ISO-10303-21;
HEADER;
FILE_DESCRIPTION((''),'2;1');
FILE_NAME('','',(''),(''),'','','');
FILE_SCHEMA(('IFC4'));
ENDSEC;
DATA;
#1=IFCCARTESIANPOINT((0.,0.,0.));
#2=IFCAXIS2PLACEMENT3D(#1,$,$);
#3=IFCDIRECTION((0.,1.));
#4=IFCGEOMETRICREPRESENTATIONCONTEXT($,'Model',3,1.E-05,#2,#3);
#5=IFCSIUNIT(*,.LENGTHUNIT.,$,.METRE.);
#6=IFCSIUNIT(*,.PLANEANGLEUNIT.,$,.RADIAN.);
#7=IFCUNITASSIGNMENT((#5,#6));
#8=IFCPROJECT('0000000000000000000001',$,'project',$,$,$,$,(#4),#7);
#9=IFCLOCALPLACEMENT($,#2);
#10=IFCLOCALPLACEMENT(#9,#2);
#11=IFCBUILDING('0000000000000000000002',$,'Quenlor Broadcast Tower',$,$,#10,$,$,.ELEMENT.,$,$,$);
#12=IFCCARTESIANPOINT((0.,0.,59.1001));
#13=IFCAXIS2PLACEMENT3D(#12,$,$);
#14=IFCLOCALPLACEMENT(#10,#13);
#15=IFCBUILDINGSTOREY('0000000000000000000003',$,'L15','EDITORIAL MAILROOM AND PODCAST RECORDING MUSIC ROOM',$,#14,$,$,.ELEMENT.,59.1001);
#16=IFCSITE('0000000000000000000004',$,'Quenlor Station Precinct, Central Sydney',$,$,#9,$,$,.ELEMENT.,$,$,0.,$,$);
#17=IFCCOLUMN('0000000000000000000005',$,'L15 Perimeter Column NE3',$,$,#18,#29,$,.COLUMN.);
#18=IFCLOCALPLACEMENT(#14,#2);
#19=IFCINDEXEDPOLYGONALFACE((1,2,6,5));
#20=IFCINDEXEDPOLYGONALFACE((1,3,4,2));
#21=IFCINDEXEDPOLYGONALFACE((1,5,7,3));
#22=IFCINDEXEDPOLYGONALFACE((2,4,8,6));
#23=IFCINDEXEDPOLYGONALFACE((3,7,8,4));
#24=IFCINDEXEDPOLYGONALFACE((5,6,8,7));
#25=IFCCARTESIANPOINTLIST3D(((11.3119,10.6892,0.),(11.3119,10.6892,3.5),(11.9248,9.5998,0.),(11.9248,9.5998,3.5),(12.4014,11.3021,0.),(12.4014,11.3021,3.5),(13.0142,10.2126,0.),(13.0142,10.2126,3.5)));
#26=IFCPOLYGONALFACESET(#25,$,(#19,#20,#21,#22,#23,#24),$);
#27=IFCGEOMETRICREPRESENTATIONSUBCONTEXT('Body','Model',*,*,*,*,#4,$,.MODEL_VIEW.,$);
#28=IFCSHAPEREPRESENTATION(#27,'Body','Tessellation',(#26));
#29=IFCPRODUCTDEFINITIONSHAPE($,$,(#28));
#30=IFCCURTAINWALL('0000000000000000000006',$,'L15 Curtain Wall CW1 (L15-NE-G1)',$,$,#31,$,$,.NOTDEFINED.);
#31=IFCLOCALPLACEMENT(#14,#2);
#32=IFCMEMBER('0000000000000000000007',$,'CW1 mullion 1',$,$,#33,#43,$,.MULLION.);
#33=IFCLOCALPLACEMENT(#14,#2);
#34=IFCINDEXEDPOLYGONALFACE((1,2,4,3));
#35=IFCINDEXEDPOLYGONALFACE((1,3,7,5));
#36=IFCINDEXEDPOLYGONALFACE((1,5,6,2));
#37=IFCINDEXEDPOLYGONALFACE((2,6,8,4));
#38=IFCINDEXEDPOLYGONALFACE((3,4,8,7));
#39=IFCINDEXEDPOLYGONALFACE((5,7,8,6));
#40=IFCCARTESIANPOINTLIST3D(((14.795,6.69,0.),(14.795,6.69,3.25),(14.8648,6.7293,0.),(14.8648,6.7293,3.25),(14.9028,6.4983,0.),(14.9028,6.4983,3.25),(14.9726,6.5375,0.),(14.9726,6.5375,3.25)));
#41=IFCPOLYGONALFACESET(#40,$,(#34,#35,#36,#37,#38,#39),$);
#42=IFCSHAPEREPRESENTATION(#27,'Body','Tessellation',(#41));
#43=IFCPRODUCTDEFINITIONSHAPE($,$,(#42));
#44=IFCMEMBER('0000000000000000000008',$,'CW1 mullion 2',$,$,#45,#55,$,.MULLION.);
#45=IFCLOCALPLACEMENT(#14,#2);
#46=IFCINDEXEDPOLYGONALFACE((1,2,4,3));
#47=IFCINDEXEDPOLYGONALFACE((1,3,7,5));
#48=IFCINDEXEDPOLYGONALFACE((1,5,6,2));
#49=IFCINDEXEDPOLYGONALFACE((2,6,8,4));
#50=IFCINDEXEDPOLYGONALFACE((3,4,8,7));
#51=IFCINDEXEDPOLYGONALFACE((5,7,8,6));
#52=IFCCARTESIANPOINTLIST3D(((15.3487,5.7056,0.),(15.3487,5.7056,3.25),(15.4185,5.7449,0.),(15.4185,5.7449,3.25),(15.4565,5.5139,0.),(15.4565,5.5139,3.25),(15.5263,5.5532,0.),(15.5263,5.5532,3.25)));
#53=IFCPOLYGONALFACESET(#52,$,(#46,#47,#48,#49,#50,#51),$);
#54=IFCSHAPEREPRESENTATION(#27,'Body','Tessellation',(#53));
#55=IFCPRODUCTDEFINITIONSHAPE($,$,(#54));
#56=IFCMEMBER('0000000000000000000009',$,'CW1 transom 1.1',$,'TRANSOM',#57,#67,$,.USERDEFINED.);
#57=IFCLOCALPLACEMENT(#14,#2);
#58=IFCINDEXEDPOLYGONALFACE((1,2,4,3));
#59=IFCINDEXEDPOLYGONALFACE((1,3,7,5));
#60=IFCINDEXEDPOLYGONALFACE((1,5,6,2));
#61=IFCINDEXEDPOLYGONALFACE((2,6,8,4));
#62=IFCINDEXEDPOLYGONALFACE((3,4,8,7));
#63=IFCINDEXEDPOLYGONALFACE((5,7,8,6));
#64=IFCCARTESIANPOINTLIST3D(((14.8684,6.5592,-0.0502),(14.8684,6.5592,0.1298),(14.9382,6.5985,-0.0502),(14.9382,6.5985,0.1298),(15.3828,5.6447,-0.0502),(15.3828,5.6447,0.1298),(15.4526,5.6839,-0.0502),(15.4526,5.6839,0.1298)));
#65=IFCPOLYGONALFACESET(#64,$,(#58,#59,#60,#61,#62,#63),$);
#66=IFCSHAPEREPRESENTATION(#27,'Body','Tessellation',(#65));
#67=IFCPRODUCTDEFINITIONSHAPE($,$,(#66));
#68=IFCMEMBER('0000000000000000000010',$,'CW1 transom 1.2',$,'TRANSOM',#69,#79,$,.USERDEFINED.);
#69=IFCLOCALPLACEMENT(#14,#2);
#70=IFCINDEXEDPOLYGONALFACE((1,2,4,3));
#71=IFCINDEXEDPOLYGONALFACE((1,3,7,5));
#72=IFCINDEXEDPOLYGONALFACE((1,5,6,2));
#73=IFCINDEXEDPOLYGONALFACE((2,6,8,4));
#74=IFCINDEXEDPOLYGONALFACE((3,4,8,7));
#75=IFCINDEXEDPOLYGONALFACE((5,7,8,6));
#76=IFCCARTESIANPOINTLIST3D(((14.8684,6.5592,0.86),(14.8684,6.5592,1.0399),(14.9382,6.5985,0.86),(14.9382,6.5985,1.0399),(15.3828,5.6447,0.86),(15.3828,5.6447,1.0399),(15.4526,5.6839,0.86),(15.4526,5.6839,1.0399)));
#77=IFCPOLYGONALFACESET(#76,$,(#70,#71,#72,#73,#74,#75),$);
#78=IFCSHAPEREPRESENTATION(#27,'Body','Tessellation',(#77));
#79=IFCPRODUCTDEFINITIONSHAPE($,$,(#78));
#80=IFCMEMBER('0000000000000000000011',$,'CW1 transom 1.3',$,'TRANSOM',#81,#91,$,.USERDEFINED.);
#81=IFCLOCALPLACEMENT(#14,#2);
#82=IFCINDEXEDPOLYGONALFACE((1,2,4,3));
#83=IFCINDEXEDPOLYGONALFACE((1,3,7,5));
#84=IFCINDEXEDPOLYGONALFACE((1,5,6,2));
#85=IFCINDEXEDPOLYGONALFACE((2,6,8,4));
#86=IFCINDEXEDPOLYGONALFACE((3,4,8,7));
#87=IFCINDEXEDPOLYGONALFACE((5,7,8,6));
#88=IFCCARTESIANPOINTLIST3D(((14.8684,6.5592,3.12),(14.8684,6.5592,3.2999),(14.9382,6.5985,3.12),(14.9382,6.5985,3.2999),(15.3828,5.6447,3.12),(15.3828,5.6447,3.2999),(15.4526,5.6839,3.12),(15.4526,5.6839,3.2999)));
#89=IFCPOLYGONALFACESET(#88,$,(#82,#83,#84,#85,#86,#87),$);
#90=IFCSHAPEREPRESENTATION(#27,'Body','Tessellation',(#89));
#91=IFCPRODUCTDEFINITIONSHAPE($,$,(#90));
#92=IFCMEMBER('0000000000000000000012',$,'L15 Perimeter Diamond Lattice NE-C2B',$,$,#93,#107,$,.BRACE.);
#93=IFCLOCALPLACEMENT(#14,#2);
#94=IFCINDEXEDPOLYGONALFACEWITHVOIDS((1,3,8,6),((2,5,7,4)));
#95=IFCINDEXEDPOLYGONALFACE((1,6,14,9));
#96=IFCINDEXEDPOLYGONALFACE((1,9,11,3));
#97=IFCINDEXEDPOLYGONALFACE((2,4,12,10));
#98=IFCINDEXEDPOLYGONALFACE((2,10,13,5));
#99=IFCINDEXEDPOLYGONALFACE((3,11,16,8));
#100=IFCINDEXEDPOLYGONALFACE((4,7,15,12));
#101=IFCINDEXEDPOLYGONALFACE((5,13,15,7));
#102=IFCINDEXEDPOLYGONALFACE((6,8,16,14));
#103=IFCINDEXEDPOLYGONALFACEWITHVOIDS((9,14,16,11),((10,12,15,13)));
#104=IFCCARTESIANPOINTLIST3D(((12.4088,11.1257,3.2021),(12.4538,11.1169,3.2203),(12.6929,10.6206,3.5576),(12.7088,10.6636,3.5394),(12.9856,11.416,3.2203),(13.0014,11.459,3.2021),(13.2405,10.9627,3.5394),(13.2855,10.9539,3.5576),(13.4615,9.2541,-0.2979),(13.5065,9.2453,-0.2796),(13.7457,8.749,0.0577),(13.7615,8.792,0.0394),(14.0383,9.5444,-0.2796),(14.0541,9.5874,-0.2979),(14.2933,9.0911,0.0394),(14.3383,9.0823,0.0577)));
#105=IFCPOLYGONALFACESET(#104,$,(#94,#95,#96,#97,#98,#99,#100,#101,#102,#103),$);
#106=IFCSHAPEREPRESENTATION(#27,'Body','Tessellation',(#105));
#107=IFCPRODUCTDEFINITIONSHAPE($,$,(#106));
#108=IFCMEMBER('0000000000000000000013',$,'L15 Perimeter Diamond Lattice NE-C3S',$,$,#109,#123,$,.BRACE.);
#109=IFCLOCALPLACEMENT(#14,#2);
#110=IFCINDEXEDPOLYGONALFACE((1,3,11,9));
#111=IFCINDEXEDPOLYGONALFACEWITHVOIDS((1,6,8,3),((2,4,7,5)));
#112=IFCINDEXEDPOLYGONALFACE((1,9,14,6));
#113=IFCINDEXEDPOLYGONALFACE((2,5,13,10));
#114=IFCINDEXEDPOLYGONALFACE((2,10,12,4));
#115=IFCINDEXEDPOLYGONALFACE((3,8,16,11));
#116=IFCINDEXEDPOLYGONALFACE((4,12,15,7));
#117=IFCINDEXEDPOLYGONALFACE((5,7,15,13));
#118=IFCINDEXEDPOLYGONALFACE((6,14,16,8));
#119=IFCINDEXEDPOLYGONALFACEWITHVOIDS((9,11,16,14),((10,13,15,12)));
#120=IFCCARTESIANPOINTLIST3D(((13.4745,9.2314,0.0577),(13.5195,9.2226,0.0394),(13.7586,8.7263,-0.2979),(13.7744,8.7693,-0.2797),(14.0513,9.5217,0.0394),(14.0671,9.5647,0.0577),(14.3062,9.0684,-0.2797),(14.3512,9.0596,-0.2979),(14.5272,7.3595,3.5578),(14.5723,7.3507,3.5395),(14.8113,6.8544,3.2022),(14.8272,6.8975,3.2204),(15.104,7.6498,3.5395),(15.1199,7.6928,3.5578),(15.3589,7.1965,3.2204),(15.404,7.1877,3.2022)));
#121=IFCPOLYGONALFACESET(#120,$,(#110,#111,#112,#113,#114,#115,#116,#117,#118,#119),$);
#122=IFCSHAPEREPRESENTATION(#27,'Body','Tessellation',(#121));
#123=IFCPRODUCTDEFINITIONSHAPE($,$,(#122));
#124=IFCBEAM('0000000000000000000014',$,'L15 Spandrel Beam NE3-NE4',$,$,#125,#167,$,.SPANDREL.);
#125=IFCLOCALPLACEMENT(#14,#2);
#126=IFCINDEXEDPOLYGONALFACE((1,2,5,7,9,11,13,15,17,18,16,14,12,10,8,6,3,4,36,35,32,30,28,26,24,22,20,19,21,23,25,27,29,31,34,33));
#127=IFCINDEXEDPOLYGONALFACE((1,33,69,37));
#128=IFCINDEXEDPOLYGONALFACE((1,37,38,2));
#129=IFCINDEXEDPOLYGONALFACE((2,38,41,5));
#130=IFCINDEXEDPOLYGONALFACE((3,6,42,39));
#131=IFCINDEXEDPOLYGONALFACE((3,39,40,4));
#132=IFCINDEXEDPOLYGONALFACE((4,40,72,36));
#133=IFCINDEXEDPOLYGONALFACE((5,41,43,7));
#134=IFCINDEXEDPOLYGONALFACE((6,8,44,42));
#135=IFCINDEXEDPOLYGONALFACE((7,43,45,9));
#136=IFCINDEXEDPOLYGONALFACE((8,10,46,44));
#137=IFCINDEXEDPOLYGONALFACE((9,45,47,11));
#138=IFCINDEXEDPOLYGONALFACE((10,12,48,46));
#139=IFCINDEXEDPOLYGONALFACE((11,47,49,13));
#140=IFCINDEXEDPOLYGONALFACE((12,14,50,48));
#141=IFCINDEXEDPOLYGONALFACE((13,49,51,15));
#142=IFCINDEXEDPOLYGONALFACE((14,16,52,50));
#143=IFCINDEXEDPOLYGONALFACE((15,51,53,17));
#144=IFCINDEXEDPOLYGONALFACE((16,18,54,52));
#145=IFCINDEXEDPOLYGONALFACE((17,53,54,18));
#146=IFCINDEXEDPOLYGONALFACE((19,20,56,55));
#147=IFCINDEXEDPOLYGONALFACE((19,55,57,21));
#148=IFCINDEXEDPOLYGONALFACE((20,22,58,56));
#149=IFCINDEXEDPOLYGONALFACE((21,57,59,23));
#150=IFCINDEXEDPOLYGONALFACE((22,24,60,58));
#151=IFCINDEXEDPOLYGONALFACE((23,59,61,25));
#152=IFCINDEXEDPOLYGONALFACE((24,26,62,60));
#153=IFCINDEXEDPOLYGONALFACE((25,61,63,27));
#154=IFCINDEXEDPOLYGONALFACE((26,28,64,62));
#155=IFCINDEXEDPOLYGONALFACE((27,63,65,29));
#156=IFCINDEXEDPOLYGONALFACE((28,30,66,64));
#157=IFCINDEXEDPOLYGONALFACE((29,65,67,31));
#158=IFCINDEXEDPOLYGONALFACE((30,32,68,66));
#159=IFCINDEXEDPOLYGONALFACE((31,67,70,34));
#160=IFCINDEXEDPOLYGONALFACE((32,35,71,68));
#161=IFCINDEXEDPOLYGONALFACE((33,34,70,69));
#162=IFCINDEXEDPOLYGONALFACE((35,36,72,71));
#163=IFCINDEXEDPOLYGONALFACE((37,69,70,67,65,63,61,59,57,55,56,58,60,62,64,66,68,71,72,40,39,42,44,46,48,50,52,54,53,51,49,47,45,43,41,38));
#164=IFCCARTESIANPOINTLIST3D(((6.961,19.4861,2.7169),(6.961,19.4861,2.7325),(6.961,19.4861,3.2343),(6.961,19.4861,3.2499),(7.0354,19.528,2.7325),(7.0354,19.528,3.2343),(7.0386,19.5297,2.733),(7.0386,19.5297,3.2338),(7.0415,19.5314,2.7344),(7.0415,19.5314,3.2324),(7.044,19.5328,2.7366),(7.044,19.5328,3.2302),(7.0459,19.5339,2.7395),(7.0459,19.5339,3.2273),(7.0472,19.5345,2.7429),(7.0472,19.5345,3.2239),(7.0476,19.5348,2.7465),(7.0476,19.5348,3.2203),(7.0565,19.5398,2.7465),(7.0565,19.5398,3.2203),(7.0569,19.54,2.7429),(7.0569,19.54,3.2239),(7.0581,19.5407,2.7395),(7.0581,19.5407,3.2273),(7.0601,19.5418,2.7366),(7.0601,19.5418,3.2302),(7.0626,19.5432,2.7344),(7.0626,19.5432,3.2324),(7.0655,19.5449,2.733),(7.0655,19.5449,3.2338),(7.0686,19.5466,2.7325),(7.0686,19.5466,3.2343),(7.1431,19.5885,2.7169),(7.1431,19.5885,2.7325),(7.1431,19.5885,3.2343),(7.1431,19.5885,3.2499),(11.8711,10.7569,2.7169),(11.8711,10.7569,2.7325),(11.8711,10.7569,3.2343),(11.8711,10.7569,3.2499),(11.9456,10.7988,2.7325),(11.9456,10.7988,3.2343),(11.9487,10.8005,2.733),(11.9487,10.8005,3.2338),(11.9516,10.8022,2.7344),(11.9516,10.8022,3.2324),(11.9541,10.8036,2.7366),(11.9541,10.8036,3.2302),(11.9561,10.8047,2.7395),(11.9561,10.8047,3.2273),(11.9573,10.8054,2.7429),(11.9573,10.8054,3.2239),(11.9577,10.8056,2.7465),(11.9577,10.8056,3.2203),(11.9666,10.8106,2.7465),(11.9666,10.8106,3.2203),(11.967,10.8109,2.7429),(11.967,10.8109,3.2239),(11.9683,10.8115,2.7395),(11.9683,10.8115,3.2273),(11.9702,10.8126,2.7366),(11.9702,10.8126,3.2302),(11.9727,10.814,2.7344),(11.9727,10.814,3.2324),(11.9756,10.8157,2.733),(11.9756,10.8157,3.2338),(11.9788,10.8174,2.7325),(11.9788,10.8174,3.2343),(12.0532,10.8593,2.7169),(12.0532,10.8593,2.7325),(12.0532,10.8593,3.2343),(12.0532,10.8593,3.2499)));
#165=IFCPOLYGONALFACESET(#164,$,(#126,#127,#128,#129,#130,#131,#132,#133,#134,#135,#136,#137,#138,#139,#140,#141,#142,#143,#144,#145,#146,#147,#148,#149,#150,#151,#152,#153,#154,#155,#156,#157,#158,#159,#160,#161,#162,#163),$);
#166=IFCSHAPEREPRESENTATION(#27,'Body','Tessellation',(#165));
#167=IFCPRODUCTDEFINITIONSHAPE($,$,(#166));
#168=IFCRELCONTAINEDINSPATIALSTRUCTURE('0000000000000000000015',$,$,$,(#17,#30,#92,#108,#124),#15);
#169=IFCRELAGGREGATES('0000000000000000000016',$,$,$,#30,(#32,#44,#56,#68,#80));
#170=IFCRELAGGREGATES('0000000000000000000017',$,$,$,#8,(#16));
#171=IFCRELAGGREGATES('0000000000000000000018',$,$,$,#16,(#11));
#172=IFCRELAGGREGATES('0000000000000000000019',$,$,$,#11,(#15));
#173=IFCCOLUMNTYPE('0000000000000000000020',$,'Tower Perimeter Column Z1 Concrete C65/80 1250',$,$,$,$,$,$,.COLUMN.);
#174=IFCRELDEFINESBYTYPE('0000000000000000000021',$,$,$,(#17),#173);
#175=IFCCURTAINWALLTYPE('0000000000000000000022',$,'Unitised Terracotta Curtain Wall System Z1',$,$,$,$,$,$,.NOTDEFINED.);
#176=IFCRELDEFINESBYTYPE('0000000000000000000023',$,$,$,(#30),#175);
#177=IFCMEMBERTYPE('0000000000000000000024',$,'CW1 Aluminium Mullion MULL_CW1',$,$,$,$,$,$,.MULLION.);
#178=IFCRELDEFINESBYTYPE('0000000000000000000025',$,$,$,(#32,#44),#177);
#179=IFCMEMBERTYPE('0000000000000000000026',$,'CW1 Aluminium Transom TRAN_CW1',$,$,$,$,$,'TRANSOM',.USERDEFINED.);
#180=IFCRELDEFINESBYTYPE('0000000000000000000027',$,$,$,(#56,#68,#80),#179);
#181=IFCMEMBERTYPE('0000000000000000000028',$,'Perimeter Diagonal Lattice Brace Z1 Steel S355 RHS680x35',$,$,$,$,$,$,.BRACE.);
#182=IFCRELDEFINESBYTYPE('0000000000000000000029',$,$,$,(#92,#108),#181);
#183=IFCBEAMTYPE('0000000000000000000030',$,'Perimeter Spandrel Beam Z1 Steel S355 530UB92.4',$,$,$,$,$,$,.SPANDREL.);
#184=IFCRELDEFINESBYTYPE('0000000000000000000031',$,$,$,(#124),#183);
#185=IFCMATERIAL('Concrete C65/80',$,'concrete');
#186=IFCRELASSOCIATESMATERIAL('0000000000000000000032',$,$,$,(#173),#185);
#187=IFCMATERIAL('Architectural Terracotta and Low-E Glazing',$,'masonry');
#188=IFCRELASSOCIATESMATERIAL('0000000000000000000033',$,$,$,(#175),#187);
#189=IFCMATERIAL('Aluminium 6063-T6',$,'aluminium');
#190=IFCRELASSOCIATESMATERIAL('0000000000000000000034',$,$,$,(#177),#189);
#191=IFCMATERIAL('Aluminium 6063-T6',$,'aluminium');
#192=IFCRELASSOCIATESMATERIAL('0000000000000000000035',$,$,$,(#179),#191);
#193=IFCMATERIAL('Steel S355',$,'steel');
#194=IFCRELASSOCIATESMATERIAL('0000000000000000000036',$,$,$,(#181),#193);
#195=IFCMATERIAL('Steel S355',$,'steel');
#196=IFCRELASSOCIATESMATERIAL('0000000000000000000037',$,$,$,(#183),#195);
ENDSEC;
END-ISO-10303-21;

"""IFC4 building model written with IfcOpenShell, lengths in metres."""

from ifc_helpers import new_model, si_unit, direction, frame, origin, origin_2d, place, context, subcontext, project, spatial, rectangle, hollow_rectangle, i_section, extrude, material, material_profile, profile_set, type_object, element, aggregate, save


model = new_model("IFC4")

# Units and contexts
model_context = context("Model", 3, precision=1e-05, world=origin(), true_north=direction((0.0, 1.0)))
body_context = subcontext(model_context, "Body", "Model", "MODEL_VIEW")
ifc_project = project(units=[si_unit("LENGTHUNIT", "METRE"), si_unit("PLANEANGLEUNIT", "RADIAN")], contexts=[model_context])

# Site, building, storey
site_placement = place(None, origin())
site = spatial("IfcSite", under=ifc_project, at=site_placement, Name="Quenlor Station Precinct, Central Sydney", CompositionType="ELEMENT", RefElevation=0.0)
building_placement = place(site_placement, origin())
building = spatial("IfcBuilding", under=site, at=building_placement, Name="Quenlor Broadcast Tower", CompositionType="ELEMENT")
storey_placement = place(building_placement, frame((0.0, 0.0, 59.1001)))
storey = spatial("IfcBuildingStorey", under=building, at=storey_placement, Name="L15", Description="EDITORIAL MAILROOM AND PODCAST RECORDING MUSIC ROOM", CompositionType="ELEMENT", Elevation=59.1001)

# Column
ifc_material_1 = material(Name="Concrete C65/80", Category="concrete")
ifc_material_profile_1 = material_profile(ifc_material_1, rectangle(XDim=1.25, YDim=1.25, at=origin_2d()))
ifc_profile_set_1 = profile_set([ifc_material_profile_1], Name="Concrete C65/80 RC1250x1250")
column_type = type_object("IfcColumnType", Name="Tower Perimeter Column Z1 Concrete C65/80 1250", PredefinedType="COLUMN", material=ifc_profile_set_1)
column_placement = place(storey_placement, frame((12.1631, 10.4509, 0.0), z_axis=(0.0, 0.0, 1.0), x_axis=(0.871575, 0.490262, 0.0)))
element("IfcColumn", 1, at=column_placement, inside=storey, type_object=column_type, Name="L15 Perimeter Column NE3", PredefinedType="COLUMN", context=body_context, shape_type="SweptSolid", body=[
    extrude(rectangle(XDim=1.25, YDim=1.25, at=origin_2d()), origin(), (0.0, 0.0, 1.0), 3.5),
])

# Curtain wall, members
ifc_material_2 = material(Name="Architectural Terracotta and Low-E Glazing", Category="masonry")
curtain_wall_type = type_object("IfcCurtainWallType", Name="Unitised Terracotta Curtain Wall System Z1", PredefinedType="NOTDEFINED", material=ifc_material_2)
curtain_wall_placement = place(storey_placement, origin())
curtain_wall = element("IfcCurtainWall", 2, at=curtain_wall_placement, inside=storey, type_object=curtain_wall_type, Name="L15 Curtain Wall CW1 (L15-NE-G1)", PredefinedType="NOTDEFINED")
ifc_material_3 = material(Name="Aluminium 6063-T6", Category="aluminium")
ifc_material_profile_2 = material_profile(ifc_material_3, rectangle(XDim=0.0801, YDim=0.22, at=origin_2d()))
ifc_profile_set_2 = profile_set([ifc_material_profile_2], Name="Aluminium 6063-T6 MULL80x220")
member_type_1 = type_object("IfcMemberType", Name="CW1 Aluminium Mullion MULL_CW1", PredefinedType="MULLION", material=ifc_profile_set_2)
member_1_placement = place(storey_placement, frame((14.8838, 6.6138, 0.0), z_axis=(0.0, 0.0, 1.0), x_axis=(0.871567, 0.490277, 0.0)))
member_1 = element("IfcMember", 3, at=member_1_placement, type_object=member_type_1, Name="CW1 mullion 1", PredefinedType="MULLION", context=body_context, shape_type="SweptSolid", body=[
    extrude(rectangle(XDim=0.0801, YDim=0.22, at=origin_2d()), origin(), (0.0, 0.0, 1.0), 3.25),
])
member_2_placement = place(storey_placement, frame((15.4375, 5.6294, 0.0), z_axis=(0.0, 0.0, 1.0), x_axis=(0.871567, 0.490277, 0.0)))
member_2 = element("IfcMember", 4, at=member_2_placement, type_object=member_type_1, Name="CW1 mullion 2", PredefinedType="MULLION", context=body_context, shape_type="SweptSolid", body=[
    extrude(rectangle(XDim=0.0801, YDim=0.22, at=origin_2d()), origin(), (0.0, 0.0, 1.0), 3.25),
])
ifc_material_4 = material(Name="Aluminium 6063-T6", Category="aluminium")
ifc_material_profile_3 = material_profile(ifc_material_4, rectangle(XDim=0.0801, YDim=0.1799, at=origin_2d()))
ifc_profile_set_3 = profile_set([ifc_material_profile_3], Name="Aluminium 6063-T6 TRAN80x180")
member_type_2 = type_object("IfcMemberType", Name="CW1 Aluminium Transom TRAN_CW1", ElementType="TRANSOM", PredefinedType="USERDEFINED", material=ifc_profile_set_3)
member_3_placement = place(storey_placement, frame((14.9033, 6.5789, 0.0398), z_axis=(0.490239, -0.871588, 0.0), x_axis=(0.871588, 0.490239, 0.0)))
member_3 = element("IfcMember", 5, at=member_3_placement, type_object=member_type_2, Name="CW1 transom 1.1", ObjectType="TRANSOM", PredefinedType="USERDEFINED", context=body_context, shape_type="SweptSolid", body=[
    extrude(rectangle(XDim=0.0801, YDim=0.1799, at=origin_2d()), origin(), (0.0, 0.0, 1.0), 1.0493),
])
member_4_placement = place(storey_placement, frame((14.9033, 6.5789, 0.95), z_axis=(0.490239, -0.871588, 0.0), x_axis=(0.871588, 0.490239, 0.0)))
member_4 = element("IfcMember", 6, at=member_4_placement, type_object=member_type_2, Name="CW1 transom 1.2", ObjectType="TRANSOM", PredefinedType="USERDEFINED", context=body_context, shape_type="SweptSolid", body=[
    extrude(rectangle(XDim=0.0801, YDim=0.1799, at=origin_2d()), origin(), (0.0, 0.0, 1.0), 1.0493),
])
member_5_placement = place(storey_placement, frame((14.9033, 6.5789, 3.21), z_axis=(0.490239, -0.871588, 0.0), x_axis=(0.871588, 0.490239, 0.0)))
member_5 = element("IfcMember", 7, at=member_5_placement, type_object=member_type_2, Name="CW1 transom 1.3", ObjectType="TRANSOM", PredefinedType="USERDEFINED", context=body_context, shape_type="SweptSolid", body=[
    extrude(rectangle(XDim=0.0801, YDim=0.1799, at=origin_2d()), origin(), (0.0, 0.0, 1.0), 1.0493),
])

# Members
ifc_material_5 = material(Name="Steel S355", Category="steel")
ifc_material_profile_4 = material_profile(ifc_material_5, hollow_rectangle(XDim=0.6799, YDim=0.6799, WallThickness=0.0349, at=origin_2d()))
ifc_profile_set_4 = profile_set([ifc_material_profile_4], Name="Steel S355 RHS680x680x35")
member_type_3 = type_object("IfcMemberType", Name="Perimeter Diagonal Lattice Brace Z1 Steel S355 RHS680x35", PredefinedType="BRACE", material=ifc_profile_set_4)
member_6_placement = place(storey_placement, frame((13.8999, 9.1682, -0.1201), z_axis=(-0.256375, 0.455792, 0.852365), x_axis=(-0.871582, -0.49025, 0.0)))
element("IfcMember", 8, at=member_6_placement, inside=storey, type_object=member_type_3, Name="L15 Perimeter Diamond Lattice NE-C2B", PredefinedType="BRACE", context=body_context, shape_type="SweptSolid", body=[
    extrude(hollow_rectangle(XDim=0.6799, YDim=0.6799, WallThickness=0.0349, at=origin_2d()), origin(), (0.0, 0.0, 1.0), 4.1062),
])
member_7_placement = place(storey_placement, frame((13.9128, 9.1455, -0.1201), z_axis=(0.256368, -0.455839, 0.852342), x_axis=(0.871609, 0.490202, 0.0)))
element("IfcMember", 9, at=member_7_placement, inside=storey, type_object=member_type_3, Name="L15 Perimeter Diamond Lattice NE-C3S", PredefinedType="BRACE", context=body_context, shape_type="SweptSolid", body=[
    extrude(hollow_rectangle(XDim=0.6799, YDim=0.6799, WallThickness=0.0349, at=origin_2d()), origin(), (0.0, 0.0, 1.0), 4.1064),
])

# Beam
ifc_material_6 = material(Name="Steel S355", Category="steel")
ifc_material_profile_5 = material_profile(ifc_material_6, i_section(OverallWidth=0.209, OverallDepth=0.533, WebThickness=0.0103, FlangeThickness=0.0156, FilletRadius=0.0139, at=origin_2d()))
ifc_profile_set_5 = profile_set([ifc_material_profile_5], Name="Steel S355 530UB92.4")
beam_type_1 = type_object("IfcBeamType", Name="Perimeter Spandrel Beam Z1 Steel S355 530UB92.4", PredefinedType="SPANDREL", material=ifc_profile_set_5)
beam_1_placement = place(storey_placement, frame((11.9622, 10.8081, 2.9834), z_axis=(-0.490258, 0.871577, 0.0), x_axis=(-0.871577, -0.490258, 0.0)))
element("IfcBeam", 10, at=beam_1_placement, inside=storey, type_object=beam_type_1, Name="L15 Spandrel Beam NE3-NE4", PredefinedType="SPANDREL", context=body_context, shape_type="SweptSolid", body=[
    extrude(i_section(OverallWidth=0.209, OverallDepth=0.533, WebThickness=0.0103, FlangeThickness=0.0156, FilletRadius=0.0139, at=origin_2d()), origin(), (0.0, 0.0, 1.0), 10.0154),
])

aggregate(curtain_wall, [member_1, member_2, member_3, member_4, member_5])

save(model, "model.ifc")
